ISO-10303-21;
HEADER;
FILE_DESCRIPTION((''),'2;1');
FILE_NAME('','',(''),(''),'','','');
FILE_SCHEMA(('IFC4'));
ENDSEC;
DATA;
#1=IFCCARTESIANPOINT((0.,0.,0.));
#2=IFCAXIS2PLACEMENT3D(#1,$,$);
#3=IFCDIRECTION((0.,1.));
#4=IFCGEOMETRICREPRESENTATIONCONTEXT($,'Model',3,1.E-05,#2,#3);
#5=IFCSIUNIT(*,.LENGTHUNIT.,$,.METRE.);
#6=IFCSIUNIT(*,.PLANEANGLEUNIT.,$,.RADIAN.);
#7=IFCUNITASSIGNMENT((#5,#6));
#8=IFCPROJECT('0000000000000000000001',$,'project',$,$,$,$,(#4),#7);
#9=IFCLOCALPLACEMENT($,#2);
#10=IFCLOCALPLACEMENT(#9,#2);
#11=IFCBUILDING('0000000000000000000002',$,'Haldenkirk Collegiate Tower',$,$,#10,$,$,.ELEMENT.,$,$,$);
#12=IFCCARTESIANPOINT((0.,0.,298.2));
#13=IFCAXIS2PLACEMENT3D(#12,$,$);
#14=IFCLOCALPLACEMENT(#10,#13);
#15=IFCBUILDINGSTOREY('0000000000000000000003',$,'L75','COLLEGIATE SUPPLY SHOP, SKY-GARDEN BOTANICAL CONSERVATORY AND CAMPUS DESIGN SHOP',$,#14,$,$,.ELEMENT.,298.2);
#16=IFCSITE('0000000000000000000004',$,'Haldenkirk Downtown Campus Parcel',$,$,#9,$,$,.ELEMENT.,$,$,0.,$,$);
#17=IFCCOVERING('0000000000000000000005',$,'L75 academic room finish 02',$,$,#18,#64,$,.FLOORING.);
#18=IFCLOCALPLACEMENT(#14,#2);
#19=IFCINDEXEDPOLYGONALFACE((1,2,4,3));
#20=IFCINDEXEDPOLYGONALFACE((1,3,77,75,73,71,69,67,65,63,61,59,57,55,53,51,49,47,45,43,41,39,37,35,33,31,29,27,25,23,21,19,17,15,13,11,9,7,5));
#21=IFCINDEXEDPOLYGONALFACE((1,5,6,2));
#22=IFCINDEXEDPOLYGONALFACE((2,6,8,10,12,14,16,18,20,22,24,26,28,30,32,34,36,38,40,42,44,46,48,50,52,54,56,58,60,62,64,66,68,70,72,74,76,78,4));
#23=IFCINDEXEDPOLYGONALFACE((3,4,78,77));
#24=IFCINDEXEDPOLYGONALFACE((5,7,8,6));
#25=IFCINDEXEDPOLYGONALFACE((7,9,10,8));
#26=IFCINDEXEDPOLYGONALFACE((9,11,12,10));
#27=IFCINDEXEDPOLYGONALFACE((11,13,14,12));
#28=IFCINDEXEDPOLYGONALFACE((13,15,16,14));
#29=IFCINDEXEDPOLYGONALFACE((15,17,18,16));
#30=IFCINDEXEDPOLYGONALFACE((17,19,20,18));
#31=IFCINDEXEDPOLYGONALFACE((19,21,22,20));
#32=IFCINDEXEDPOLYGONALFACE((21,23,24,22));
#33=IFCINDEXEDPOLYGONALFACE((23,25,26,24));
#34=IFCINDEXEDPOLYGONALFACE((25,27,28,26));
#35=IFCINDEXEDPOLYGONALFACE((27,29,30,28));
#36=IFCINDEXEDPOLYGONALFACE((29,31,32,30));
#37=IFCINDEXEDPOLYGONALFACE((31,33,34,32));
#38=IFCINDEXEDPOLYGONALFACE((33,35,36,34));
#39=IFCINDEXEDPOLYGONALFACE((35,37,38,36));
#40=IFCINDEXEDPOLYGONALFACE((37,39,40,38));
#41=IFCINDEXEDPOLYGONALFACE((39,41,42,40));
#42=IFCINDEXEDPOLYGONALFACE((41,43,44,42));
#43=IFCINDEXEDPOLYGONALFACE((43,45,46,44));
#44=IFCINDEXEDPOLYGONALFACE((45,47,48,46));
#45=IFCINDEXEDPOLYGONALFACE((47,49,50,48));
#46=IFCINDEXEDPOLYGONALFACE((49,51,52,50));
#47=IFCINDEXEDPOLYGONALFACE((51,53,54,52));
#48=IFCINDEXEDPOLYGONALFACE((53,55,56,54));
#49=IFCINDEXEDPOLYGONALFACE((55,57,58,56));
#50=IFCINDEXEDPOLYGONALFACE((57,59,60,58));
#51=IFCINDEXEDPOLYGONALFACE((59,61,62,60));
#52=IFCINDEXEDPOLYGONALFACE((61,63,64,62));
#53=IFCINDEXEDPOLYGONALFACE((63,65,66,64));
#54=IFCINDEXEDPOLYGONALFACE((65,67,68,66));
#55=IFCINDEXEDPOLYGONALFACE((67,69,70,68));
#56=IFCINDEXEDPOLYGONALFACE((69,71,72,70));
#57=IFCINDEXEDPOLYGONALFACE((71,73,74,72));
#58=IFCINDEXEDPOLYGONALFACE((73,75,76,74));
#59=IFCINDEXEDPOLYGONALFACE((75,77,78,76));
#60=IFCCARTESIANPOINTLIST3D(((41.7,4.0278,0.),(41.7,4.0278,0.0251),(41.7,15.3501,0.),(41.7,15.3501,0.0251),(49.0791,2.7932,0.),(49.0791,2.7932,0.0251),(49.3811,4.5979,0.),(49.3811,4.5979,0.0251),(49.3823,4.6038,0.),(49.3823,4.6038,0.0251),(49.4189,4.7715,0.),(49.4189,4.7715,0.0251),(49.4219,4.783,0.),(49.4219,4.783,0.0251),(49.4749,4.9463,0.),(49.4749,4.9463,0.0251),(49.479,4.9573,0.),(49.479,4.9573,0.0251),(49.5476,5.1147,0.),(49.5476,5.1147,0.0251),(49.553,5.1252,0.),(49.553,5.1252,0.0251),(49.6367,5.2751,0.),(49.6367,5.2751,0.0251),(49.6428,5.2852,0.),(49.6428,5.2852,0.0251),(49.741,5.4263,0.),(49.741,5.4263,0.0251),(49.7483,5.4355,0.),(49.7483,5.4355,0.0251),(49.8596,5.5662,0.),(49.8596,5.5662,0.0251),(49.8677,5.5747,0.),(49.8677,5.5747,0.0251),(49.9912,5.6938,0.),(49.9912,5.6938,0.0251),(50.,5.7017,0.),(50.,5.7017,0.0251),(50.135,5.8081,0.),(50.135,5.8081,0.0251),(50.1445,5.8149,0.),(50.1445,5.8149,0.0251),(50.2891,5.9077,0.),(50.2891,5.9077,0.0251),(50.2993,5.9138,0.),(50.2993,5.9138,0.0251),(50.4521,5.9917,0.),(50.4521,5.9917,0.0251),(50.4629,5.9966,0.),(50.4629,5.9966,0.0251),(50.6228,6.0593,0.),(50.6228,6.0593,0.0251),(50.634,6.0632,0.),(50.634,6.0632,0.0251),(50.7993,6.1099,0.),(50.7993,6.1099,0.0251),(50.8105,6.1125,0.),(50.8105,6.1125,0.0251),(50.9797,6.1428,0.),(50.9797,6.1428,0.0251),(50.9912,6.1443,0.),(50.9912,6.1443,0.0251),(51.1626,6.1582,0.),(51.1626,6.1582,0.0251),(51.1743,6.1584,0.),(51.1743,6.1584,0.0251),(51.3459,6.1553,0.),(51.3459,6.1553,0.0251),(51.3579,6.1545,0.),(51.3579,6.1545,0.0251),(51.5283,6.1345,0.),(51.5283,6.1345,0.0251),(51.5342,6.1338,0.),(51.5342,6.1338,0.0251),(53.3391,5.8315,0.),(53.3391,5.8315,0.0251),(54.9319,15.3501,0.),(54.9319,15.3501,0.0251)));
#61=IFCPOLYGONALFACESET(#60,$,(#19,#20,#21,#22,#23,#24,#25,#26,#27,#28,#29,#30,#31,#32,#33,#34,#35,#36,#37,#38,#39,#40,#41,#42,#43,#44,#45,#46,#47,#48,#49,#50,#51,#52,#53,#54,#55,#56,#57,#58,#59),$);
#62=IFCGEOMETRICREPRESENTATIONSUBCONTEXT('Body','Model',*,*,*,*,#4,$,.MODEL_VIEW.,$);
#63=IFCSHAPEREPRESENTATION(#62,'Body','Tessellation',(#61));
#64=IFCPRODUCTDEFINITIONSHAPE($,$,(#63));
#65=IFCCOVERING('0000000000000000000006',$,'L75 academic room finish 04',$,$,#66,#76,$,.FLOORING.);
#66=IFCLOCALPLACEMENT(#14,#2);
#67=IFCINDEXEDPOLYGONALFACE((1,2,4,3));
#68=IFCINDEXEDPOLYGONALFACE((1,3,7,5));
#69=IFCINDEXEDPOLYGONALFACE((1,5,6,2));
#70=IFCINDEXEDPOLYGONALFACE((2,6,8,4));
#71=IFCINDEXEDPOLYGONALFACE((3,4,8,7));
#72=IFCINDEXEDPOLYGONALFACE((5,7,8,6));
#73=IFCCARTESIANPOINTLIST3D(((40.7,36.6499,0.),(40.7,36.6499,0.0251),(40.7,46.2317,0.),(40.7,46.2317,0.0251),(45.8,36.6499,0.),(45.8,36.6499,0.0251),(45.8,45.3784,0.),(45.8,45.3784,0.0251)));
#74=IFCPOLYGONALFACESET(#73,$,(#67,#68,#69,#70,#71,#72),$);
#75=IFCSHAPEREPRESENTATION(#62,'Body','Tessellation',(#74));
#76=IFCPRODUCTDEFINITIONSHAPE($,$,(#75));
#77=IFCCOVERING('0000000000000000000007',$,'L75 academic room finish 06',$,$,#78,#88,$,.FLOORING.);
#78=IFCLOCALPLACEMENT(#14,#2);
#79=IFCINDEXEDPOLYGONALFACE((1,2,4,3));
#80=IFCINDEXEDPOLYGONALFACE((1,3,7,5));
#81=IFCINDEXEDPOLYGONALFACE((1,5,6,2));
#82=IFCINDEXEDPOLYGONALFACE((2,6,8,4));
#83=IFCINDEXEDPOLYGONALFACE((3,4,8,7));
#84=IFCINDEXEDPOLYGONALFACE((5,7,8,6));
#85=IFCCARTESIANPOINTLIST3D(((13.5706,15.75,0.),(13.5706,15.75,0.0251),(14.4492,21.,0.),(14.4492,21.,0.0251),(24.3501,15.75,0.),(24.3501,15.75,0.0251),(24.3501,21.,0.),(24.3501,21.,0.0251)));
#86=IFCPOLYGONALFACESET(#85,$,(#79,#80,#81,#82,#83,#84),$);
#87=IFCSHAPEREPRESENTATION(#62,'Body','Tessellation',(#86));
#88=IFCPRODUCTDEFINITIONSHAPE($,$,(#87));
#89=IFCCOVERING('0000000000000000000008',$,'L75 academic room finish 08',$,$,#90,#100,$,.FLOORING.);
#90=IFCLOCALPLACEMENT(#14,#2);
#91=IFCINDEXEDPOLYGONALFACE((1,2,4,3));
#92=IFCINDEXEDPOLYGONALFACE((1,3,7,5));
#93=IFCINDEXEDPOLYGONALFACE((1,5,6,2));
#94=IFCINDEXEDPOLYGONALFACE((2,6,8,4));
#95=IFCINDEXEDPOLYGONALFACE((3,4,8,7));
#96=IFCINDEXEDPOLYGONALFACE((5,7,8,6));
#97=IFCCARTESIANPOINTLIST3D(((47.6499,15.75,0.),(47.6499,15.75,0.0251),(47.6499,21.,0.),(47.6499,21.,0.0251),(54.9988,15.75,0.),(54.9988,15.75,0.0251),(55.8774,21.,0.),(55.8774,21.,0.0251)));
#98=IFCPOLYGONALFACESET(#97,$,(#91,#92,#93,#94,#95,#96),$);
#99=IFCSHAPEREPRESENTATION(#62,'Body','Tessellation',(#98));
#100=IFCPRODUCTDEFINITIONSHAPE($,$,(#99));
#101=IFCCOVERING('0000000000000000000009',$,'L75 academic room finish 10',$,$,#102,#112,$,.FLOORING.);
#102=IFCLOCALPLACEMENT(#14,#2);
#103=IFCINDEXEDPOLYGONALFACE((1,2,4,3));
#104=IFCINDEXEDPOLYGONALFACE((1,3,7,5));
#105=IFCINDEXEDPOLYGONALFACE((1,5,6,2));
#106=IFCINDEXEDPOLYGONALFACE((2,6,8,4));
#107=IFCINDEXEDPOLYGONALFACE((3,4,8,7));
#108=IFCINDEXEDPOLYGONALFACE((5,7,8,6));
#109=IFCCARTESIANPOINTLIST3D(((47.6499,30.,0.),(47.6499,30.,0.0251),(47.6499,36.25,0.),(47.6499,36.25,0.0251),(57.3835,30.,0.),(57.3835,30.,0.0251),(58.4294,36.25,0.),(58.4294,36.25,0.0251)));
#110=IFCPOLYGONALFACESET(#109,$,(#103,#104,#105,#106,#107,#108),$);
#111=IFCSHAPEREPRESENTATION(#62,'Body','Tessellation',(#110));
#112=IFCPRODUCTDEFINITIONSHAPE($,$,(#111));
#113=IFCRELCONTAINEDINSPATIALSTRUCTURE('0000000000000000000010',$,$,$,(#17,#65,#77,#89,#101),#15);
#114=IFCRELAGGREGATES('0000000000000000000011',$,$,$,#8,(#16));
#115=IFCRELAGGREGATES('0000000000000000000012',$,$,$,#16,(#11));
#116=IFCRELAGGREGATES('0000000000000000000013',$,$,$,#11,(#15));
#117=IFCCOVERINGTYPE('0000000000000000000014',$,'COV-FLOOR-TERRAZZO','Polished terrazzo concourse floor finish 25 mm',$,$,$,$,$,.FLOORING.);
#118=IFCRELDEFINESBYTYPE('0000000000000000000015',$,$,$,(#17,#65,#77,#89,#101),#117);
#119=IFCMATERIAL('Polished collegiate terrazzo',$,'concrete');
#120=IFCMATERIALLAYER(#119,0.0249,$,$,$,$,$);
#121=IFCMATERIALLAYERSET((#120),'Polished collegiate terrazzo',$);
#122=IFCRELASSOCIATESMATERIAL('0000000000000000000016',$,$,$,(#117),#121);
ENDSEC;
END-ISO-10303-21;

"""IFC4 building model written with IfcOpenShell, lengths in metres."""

from ifc_helpers import new_model, si_unit, direction, frame, origin, place, context, subcontext, project, spatial, polyline, outline, extrude, material, layer, layer_set, type_object, element, save


model = new_model("IFC4")

# Units and contexts
model_context = context("Model", 3, precision=1e-05, world=origin(), true_north=direction((0.0, 1.0)))
body_context = subcontext(model_context, "Body", "Model", "MODEL_VIEW")
ifc_project = project(units=[si_unit("LENGTHUNIT", "METRE"), si_unit("PLANEANGLEUNIT", "RADIAN")], contexts=[model_context])

# Site, building, storey
site_placement = place(None, origin())
site = spatial("IfcSite", under=ifc_project, at=site_placement, Name="Haldenkirk Downtown Campus Parcel", CompositionType="ELEMENT", RefElevation=0.0)
building_placement = place(site_placement, origin())
building = spatial("IfcBuilding", under=site, at=building_placement, Name="Haldenkirk Collegiate Tower", CompositionType="ELEMENT")
storey_placement = place(building_placement, frame((0.0, 0.0, 298.2)))
storey = spatial("IfcBuildingStorey", under=building, at=storey_placement, Name="L75", Description="COLLEGIATE SUPPLY SHOP, SKY-GARDEN BOTANICAL CONSERVATORY AND CAMPUS DESIGN SHOP", CompositionType="ELEMENT", Elevation=298.2)

# Coverings
ifc_material_1 = material(Name="Polished collegiate terrazzo", Category="concrete")
ifc_layer_1 = layer(ifc_material_1, 0.0249)
ifc_layer_set_1 = layer_set([ifc_layer_1], Name="Polished collegiate terrazzo")
covering_type_1 = type_object("IfcCoveringType", Name="COV-FLOOR-TERRAZZO", Description="Polished terrazzo concourse floor finish 25 mm", PredefinedType="FLOORING", material=ifc_layer_set_1)
covering_1_placement = place(storey_placement, origin())
element("IfcCovering", 1, at=covering_1_placement, inside=storey, type_object=covering_type_1, Name="L75 academic room finish 02", PredefinedType="FLOORING", context=body_context, shape_type="SweptSolid", body=[
    extrude(outline(polyline([(50.8105, 6.1125), (50.7993, 6.1099), (50.634, 6.0632), (50.6228, 6.0593), (50.4629, 5.9966), (50.4521, 5.9917), (50.2993, 5.9138), (50.2891, 5.9077), (50.1445, 5.8149), (50.135, 5.8081), (50.0, 5.7017), (49.9912, 5.6938), (49.8677, 5.5747), (49.8596, 5.5662), (49.7483, 5.4355), (49.741, 5.4263), (49.6428, 5.2852), (49.6367, 5.2751), (49.553, 5.1252), (49.5476, 5.1147), (49.479, 4.9573), (49.4749, 4.9463), (49.4219, 4.783), (49.4189, 4.7715), (49.3823, 4.6038), (49.3811, 4.5979), (49.0791, 2.7932), (41.7, 4.0278), (41.7, 15.3501), (54.9319, 15.3501), (53.3391, 5.8315), (51.5342, 6.1338), (51.5283, 6.1345), (51.3579, 6.1545), (51.3459, 6.1553), (51.1743, 6.1584), (51.1626, 6.1582), (50.9912, 6.1443), (50.9797, 6.1428), (50.8105, 6.1125)])), origin(), (0.0, 0.0, 1.0), 0.0251),
])
covering_2_placement = place(storey_placement, origin())
element("IfcCovering", 2, at=covering_2_placement, inside=storey, type_object=covering_type_1, Name="L75 academic room finish 04", PredefinedType="FLOORING", context=body_context, shape_type="SweptSolid", body=[
    extrude(outline(polyline([(45.8, 45.3784), (45.8, 36.6499), (40.7, 36.6499), (40.7, 46.2317), (45.8, 45.3784)])), origin(), (0.0, 0.0, 1.0), 0.0251),
])
covering_3_placement = place(storey_placement, origin())
element("IfcCovering", 3, at=covering_3_placement, inside=storey, type_object=covering_type_1, Name="L75 academic room finish 06", PredefinedType="FLOORING", context=body_context, shape_type="SweptSolid", body=[
    extrude(outline(polyline([(14.4492, 21.0), (24.3501, 21.0), (24.3501, 15.75), (13.5706, 15.75), (14.4492, 21.0)])), origin(), (0.0, 0.0, 1.0), 0.0251),
])
covering_4_placement = place(storey_placement, origin())
element("IfcCovering", 4, at=covering_4_placement, inside=storey, type_object=covering_type_1, Name="L75 academic room finish 08", PredefinedType="FLOORING", context=body_context, shape_type="SweptSolid", body=[
    extrude(outline(polyline([(54.9988, 15.75), (47.6499, 15.75), (47.6499, 21.0), (55.8774, 21.0), (54.9988, 15.75)])), origin(), (0.0, 0.0, 1.0), 0.0251),
])
covering_5_placement = place(storey_placement, origin())
element("IfcCovering", 5, at=covering_5_placement, inside=storey, type_object=covering_type_1, Name="L75 academic room finish 10", PredefinedType="FLOORING", context=body_context, shape_type="SweptSolid", body=[
    extrude(outline(polyline([(57.3835, 30.0), (47.6499, 30.0), (47.6499, 36.25), (58.4294, 36.25), (57.3835, 30.0)])), origin(), (0.0, 0.0, 1.0), 0.0251),
])

save(model, "model.ifc")
